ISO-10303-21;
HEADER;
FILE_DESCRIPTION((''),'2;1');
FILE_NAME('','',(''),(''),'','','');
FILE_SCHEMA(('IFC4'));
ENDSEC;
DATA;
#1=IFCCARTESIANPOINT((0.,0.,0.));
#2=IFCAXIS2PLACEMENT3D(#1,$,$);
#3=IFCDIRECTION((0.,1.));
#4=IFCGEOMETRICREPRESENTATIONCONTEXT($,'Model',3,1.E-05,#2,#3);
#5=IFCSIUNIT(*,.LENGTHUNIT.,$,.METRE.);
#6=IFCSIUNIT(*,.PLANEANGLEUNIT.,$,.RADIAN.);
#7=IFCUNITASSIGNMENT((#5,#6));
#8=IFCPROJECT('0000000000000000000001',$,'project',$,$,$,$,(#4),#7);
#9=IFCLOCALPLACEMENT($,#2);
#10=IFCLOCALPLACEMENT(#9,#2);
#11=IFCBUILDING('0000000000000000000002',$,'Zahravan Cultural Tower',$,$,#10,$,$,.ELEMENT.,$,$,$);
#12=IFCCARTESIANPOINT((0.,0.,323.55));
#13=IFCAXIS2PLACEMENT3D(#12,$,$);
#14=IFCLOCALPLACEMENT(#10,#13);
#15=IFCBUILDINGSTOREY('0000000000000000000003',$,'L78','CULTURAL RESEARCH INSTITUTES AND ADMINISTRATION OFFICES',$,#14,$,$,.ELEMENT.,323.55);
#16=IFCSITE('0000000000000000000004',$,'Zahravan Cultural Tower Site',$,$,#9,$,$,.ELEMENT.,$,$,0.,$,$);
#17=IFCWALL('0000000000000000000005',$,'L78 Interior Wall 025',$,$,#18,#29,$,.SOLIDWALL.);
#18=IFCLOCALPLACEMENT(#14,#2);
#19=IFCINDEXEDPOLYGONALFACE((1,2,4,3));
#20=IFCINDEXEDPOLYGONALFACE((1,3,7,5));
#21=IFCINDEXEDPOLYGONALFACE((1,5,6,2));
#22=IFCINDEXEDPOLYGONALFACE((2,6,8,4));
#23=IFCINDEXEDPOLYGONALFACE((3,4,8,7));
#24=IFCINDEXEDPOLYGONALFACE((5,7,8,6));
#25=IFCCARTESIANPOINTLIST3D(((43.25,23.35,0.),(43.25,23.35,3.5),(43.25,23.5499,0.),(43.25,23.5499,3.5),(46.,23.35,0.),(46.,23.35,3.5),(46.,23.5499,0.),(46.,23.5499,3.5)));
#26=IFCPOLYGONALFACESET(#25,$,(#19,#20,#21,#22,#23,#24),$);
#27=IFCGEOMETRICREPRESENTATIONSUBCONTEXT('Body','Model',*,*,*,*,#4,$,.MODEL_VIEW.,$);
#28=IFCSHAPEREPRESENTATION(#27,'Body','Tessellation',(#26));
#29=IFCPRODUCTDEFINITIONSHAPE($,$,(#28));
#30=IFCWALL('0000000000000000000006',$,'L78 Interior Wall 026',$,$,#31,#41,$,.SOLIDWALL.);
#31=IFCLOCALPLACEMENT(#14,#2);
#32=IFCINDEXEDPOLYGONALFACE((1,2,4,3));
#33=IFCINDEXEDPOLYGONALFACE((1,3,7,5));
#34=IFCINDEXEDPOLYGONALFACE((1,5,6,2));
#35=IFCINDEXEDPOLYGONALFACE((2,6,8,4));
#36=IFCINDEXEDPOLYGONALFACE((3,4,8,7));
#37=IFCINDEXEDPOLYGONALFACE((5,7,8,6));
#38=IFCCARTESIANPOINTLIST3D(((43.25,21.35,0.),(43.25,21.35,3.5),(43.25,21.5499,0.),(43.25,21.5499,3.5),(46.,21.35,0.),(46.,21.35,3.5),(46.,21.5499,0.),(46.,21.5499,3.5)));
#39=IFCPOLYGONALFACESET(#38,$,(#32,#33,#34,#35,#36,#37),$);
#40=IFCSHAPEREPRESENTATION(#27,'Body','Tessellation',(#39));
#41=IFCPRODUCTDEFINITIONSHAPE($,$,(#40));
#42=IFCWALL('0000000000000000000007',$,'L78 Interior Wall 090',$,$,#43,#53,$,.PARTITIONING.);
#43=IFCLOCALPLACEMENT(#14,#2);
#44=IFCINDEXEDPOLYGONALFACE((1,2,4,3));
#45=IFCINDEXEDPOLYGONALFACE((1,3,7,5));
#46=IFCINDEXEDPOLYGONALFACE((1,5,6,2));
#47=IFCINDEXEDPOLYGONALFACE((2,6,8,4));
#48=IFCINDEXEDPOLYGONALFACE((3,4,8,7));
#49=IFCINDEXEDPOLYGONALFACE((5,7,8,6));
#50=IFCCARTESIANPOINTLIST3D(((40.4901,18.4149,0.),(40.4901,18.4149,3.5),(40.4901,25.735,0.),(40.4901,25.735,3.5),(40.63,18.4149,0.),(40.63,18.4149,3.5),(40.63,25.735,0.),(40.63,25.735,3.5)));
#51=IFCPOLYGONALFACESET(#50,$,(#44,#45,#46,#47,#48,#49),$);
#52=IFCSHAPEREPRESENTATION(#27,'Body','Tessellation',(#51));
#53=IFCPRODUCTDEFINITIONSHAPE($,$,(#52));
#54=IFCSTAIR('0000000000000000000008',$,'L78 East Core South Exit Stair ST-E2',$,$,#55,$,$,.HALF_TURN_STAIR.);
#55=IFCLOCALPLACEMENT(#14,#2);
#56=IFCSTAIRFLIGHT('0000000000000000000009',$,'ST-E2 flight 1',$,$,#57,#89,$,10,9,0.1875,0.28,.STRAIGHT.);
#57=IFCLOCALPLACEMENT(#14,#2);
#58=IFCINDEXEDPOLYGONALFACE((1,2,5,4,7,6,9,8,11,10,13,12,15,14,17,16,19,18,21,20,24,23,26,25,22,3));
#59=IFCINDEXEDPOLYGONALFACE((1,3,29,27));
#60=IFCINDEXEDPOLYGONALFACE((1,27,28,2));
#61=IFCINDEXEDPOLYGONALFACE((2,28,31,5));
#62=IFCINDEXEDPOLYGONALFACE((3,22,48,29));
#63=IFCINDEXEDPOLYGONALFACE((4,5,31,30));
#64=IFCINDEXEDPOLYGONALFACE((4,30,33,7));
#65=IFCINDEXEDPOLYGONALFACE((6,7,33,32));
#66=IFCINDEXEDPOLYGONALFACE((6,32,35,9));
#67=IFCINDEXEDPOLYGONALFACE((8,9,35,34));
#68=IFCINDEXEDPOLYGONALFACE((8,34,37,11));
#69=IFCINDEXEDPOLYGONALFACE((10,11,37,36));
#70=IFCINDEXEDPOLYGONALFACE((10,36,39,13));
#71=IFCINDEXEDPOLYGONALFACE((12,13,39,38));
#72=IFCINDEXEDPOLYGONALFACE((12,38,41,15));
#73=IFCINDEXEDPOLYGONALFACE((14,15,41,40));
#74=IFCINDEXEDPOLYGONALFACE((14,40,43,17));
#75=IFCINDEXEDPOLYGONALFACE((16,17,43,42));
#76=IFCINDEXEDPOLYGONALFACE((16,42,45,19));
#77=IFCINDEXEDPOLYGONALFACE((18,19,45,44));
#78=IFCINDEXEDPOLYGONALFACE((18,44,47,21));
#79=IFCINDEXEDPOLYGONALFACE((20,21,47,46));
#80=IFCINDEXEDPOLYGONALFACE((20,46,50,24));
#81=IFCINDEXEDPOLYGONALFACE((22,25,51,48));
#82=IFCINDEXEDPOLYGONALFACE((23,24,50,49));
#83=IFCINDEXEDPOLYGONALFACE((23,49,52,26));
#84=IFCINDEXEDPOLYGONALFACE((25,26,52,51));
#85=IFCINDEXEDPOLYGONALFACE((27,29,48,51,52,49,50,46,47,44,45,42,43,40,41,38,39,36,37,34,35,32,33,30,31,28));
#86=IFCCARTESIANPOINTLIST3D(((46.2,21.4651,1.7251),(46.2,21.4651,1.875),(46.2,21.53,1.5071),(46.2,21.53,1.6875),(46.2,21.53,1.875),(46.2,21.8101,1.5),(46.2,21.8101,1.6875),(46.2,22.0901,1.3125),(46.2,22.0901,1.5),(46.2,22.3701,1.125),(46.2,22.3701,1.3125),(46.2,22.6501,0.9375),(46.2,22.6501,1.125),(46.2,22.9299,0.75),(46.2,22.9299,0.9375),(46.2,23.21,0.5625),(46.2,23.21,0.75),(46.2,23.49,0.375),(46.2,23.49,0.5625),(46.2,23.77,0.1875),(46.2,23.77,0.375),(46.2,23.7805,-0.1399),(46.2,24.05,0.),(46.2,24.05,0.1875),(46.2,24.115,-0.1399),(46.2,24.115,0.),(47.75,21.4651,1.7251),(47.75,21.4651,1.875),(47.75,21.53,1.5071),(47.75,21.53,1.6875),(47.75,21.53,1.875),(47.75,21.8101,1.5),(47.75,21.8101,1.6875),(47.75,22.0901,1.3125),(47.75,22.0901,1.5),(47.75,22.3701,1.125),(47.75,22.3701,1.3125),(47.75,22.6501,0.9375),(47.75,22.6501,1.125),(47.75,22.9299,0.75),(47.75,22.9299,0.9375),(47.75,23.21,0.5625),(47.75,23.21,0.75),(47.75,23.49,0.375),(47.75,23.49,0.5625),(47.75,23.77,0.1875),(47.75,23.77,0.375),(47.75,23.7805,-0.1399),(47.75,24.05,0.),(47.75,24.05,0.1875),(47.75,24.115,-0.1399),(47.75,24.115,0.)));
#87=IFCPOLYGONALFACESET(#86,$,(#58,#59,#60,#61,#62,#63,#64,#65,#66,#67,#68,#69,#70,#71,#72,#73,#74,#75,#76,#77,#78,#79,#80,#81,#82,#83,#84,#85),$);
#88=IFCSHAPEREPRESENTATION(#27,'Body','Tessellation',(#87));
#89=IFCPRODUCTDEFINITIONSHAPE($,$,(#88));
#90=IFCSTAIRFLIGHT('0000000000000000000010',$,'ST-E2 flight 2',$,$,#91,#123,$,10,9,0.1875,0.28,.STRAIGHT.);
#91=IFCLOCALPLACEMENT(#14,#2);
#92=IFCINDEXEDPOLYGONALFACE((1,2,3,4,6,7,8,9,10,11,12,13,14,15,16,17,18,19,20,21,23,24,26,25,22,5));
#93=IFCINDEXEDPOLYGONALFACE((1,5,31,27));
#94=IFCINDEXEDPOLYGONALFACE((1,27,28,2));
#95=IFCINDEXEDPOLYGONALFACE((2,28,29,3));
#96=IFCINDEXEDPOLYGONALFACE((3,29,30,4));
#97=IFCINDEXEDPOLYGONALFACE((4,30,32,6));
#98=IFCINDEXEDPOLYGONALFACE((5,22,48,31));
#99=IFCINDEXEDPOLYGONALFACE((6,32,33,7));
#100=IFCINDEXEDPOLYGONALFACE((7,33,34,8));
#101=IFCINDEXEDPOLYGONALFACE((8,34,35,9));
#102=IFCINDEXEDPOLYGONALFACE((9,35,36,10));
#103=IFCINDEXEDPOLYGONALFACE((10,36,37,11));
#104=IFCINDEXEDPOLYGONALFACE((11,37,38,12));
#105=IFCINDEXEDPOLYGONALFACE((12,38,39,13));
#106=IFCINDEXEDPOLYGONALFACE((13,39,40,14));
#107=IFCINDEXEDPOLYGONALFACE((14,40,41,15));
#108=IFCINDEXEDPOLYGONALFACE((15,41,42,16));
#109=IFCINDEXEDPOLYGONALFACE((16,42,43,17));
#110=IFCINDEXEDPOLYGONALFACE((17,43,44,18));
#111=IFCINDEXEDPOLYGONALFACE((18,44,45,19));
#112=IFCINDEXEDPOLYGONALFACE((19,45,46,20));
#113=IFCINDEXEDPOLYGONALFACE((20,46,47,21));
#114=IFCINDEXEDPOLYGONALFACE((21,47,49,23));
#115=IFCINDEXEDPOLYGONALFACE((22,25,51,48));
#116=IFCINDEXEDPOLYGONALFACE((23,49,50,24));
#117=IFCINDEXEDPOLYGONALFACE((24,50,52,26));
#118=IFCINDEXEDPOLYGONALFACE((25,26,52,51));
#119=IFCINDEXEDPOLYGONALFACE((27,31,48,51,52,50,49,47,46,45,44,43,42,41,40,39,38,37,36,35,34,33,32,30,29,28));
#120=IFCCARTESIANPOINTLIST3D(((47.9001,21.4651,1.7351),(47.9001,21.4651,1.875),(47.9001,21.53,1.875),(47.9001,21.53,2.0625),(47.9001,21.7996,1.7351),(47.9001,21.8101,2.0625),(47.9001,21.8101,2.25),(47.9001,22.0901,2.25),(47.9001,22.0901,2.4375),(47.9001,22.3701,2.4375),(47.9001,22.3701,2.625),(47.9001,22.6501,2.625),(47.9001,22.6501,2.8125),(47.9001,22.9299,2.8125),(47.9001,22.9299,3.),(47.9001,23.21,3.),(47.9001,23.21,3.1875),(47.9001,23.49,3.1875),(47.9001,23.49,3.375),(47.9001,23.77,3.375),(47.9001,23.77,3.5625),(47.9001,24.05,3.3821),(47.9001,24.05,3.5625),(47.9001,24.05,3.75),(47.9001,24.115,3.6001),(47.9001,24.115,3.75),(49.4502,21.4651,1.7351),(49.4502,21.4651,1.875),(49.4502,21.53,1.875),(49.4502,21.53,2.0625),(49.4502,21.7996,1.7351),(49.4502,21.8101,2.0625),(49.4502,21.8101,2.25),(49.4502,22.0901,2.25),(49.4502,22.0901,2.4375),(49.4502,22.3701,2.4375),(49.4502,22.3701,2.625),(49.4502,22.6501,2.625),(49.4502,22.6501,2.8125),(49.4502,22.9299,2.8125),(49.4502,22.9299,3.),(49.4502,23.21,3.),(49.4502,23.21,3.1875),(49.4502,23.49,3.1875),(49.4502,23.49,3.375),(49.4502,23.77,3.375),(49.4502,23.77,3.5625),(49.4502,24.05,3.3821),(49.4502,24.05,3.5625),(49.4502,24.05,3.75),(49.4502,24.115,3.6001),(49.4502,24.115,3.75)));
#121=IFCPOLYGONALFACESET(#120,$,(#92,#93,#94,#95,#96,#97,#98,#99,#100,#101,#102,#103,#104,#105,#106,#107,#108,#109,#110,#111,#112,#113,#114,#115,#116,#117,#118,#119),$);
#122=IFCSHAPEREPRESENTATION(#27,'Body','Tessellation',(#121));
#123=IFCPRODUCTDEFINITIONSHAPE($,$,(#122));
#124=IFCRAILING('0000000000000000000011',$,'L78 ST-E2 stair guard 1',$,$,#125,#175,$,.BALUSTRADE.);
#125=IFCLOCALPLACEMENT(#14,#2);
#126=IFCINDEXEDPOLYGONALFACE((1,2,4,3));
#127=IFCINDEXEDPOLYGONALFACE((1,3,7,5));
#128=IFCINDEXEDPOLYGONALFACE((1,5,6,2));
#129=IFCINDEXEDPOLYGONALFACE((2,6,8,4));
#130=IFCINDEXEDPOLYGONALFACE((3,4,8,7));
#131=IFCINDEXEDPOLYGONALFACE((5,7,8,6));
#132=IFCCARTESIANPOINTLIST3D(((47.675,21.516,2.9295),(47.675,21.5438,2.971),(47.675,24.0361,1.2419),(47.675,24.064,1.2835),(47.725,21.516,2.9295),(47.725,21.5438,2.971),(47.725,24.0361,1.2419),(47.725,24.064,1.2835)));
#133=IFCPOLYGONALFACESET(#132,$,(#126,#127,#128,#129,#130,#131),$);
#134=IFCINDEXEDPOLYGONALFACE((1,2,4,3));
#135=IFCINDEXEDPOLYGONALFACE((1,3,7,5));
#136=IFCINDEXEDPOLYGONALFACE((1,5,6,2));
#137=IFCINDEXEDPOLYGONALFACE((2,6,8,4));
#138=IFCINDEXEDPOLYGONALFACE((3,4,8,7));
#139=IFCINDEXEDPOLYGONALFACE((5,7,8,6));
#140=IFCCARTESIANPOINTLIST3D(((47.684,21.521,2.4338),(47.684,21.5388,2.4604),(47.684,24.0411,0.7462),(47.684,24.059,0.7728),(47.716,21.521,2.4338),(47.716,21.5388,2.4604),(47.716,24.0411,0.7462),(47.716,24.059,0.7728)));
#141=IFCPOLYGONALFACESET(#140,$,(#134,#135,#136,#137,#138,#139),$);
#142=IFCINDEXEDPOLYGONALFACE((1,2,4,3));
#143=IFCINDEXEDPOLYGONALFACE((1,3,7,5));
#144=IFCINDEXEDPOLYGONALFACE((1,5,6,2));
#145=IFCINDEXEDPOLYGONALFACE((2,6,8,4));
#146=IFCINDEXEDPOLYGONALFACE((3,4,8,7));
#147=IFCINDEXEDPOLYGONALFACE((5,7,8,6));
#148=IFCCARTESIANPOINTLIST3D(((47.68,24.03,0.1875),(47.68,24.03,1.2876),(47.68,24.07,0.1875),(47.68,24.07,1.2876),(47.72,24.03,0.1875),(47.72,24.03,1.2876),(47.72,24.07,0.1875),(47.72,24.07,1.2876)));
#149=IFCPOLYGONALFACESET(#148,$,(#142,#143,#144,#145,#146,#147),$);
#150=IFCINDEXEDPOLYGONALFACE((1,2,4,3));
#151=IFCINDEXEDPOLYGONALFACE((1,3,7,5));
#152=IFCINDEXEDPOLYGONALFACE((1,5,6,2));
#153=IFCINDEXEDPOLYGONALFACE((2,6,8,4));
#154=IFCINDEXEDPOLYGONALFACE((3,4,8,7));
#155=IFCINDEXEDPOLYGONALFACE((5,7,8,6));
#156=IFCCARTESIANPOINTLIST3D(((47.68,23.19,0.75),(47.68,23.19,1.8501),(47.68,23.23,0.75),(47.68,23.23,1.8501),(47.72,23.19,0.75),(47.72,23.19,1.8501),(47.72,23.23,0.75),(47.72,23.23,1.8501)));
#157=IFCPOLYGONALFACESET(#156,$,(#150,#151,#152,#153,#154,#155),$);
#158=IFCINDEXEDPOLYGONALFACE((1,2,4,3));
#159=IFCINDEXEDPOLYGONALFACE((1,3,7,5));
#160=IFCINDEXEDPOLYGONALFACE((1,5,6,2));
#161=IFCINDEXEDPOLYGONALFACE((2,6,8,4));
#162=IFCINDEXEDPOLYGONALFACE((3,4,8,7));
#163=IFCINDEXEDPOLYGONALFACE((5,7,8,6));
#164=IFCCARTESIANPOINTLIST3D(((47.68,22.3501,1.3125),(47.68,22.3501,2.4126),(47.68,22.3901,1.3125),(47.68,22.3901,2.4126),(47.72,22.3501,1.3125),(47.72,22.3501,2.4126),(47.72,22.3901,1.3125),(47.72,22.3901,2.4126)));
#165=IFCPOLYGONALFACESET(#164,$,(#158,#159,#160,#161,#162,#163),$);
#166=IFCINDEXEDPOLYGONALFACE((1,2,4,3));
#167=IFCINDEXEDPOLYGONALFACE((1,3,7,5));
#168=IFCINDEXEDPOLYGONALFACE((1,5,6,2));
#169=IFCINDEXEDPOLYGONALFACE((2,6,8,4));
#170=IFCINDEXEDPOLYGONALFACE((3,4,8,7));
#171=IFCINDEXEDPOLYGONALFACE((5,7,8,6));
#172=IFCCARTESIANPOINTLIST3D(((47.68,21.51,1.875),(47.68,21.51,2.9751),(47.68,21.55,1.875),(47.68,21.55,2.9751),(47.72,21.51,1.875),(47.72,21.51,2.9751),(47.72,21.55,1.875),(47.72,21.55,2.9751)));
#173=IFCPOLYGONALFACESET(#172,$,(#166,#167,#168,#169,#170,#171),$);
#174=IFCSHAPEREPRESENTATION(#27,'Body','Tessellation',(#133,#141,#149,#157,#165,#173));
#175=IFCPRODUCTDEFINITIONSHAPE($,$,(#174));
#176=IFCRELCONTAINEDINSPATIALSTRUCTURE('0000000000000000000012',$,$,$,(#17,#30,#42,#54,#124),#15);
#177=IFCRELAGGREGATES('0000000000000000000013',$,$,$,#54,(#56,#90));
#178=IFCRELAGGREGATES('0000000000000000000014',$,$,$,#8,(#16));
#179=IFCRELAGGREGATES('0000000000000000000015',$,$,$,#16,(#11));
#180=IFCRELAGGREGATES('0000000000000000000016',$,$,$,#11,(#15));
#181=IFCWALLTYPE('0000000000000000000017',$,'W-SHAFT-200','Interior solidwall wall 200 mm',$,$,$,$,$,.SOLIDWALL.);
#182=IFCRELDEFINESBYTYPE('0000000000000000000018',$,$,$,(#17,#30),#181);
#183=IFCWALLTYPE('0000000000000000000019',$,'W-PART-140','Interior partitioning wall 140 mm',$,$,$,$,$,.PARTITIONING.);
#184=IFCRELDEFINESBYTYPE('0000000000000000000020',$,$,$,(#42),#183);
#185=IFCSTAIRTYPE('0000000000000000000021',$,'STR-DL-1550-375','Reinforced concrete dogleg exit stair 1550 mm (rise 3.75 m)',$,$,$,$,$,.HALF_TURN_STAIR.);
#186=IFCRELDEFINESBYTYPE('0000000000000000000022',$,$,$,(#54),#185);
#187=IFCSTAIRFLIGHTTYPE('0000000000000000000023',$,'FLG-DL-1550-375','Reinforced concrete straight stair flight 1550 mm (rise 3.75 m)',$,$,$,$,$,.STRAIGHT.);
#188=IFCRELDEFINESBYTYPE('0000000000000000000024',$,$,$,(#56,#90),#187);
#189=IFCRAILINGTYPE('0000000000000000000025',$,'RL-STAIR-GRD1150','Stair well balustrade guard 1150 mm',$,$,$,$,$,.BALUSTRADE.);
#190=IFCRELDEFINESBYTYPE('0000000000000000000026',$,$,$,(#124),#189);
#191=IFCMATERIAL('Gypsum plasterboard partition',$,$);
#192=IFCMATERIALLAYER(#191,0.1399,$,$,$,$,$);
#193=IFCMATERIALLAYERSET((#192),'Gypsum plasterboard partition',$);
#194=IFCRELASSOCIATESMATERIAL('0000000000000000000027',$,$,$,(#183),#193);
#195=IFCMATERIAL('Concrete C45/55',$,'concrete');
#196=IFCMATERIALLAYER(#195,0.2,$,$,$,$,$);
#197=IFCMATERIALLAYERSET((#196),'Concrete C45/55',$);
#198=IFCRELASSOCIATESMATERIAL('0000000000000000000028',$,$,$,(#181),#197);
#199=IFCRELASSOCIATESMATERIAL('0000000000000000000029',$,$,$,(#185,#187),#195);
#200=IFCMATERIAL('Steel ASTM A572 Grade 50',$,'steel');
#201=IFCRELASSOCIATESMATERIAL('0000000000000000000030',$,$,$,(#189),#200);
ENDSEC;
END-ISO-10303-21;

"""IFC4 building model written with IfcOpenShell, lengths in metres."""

from ifc_helpers import new_model, si_unit, direction, frame, frame_2d, origin, origin_2d, place, context, subcontext, project, spatial, polyline, rectangle, outline, extrude, source, transform, mapped, material, layer, layer_set, type_object, element, aggregate, save


model = new_model("IFC4")

# Units and contexts
model_context = context("Model", 3, precision=1e-05, world=origin(), true_north=direction((0.0, 1.0)))
body_context = subcontext(model_context, "Body", "Model", "MODEL_VIEW")
ifc_project = project(units=[si_unit("LENGTHUNIT", "METRE"), si_unit("PLANEANGLEUNIT", "RADIAN")], contexts=[model_context])

# Site, building, storey
site_placement = place(None, origin())
site = spatial("IfcSite", under=ifc_project, at=site_placement, Name="Zahravan Cultural Tower Site", CompositionType="ELEMENT", RefElevation=0.0)
building_placement = place(site_placement, origin())
building = spatial("IfcBuilding", under=site, at=building_placement, Name="Zahravan Cultural Tower", CompositionType="ELEMENT")
storey_placement = place(building_placement, frame((0.0, 0.0, 323.55)))
storey = spatial("IfcBuildingStorey", under=building, at=storey_placement, Name="L78", Description="CULTURAL RESEARCH INSTITUTES AND ADMINISTRATION OFFICES", CompositionType="ELEMENT", Elevation=323.55)

# Shared definitions
ifc_material_1 = material(Name="Steel ASTM A572 Grade 50", Category="steel")
ifc_material_2 = material(Name="Gypsum plasterboard partition")
ifc_layer_1 = layer(ifc_material_2, 0.1399)
ifc_layer_set_1 = layer_set([ifc_layer_1], Name="Gypsum plasterboard partition")
wall_type_1 = type_object("IfcWallType", Name="W-PART-140", Description="Interior partitioning wall 140 mm", PredefinedType="PARTITIONING", material=ifc_layer_set_1)
ifc_material_3 = material(Name="Concrete C45/55", Category="concrete")
ifc_layer_2 = layer(ifc_material_3, 0.2)
ifc_layer_set_2 = layer_set([ifc_layer_2], Name="Concrete C45/55")
wall_type_2 = type_object("IfcWallType", Name="W-SHAFT-200", Description="Interior solidwall wall 200 mm", PredefinedType="SOLIDWALL", material=ifc_layer_set_2)

# Walls
shared_shape_1 = source(origin(), body_context, "Body", "SweptSolid", [
    extrude(rectangle(XDim=2.75, YDim=0.2, at=frame_2d((1.375, 0.0))), origin(), (0.0, 0.0, 1.0), 3.5),
])
for number, where, z_axis, x_axis, name in (
    (1, (43.25, 23.45, 0.0), (0.0, 0.0, 1.0), (1.0, 0.0, 0.0), "L78 Interior Wall 025"),
    (2, (43.25, 21.45, 0.0), (0.0, 0.0, 1.0), (1.0, 0.0, 0.0), "L78 Interior Wall 026"),
):
    element("IfcWall", number, at=place(storey_placement, frame(where, z_axis=z_axis, x_axis=x_axis)), inside=storey, type_object=wall_type_2, Name=name, PredefinedType="SOLIDWALL", context=body_context, shape_type="MappedRepresentation", body=[
        mapped(shared_shape_1, transform((0.0, 0.0, 0.0), x_axis=(1.0, 0.0, 0.0), y_axis=(0.0, 1.0, 0.0), z_axis=(0.0, 0.0, 1.0), scale=1.0)),
    ])
shared_shape_2 = source(origin(), body_context, "Body", "SweptSolid", [
    extrude(rectangle(XDim=7.3201, YDim=0.1399, at=frame_2d((3.6602, 0.0))), origin(), (0.0, 0.0, 1.0), 3.5),
])
wall_1_placement = place(storey_placement, frame((40.5601, 25.7351, 0.0), z_axis=(0.0, 0.0, 1.0), x_axis=(0.0, -1.0, 0.0)))
element("IfcWall", 3, at=wall_1_placement, inside=storey, type_object=wall_type_1, Name="L78 Interior Wall 090", PredefinedType="PARTITIONING", context=body_context, shape_type="MappedRepresentation", body=[
    mapped(shared_shape_2, transform((0.0, 0.0, 0.0), x_axis=(1.0, 0.0, 0.0), y_axis=(0.0, 1.0, 0.0), z_axis=(0.0, 0.0, 1.0), scale=1.0)),
])

# Stair, stair flights
stair_type = type_object("IfcStairType", Name="STR-DL-1550-375", Description="Reinforced concrete dogleg exit stair 1550 mm (rise 3.75 m)", PredefinedType="HALF_TURN_STAIR", material=ifc_material_3)
stair_placement = place(storey_placement, origin())
stair = element("IfcStair", 4, at=stair_placement, inside=storey, type_object=stair_type, Name="L78 East Core South Exit Stair ST-E2", PredefinedType="HALF_TURN_STAIR")
stair_flight_type = type_object("IfcStairFlightType", Name="FLG-DL-1550-375", Description="Reinforced concrete straight stair flight 1550 mm (rise 3.75 m)", PredefinedType="STRAIGHT", material=ifc_material_3)
stair_flight_1_placement = place(storey_placement, frame((46.9751, 24.05, 0.0), z_axis=(0.0, 0.0, 1.0), x_axis=(0.0, -1.0, 0.0)))
stair_flight_1 = element("IfcStairFlight", 5, at=stair_flight_1_placement, type_object=stair_flight_type, Name="ST-E2 flight 1", NumberOfRisers=10, NumberOfTreads=9, PredefinedType="STRAIGHT", RiserHeight=0.1875, TreadLength=0.28, context=body_context, shape_type="SweptSolid", body=[
    extrude(outline(polyline([(-0.0649, -0.1399), (-0.0649, 0.0), (0.0, 0.0), (0.0, 0.1875), (0.28, 0.1875), (0.28, 0.375), (0.5601, 0.375), (0.5601, 0.5625), (0.8401, 0.5625), (0.8401, 0.75), (1.1201, 0.75), (1.1201, 0.9375), (1.3999, 0.9375), (1.3999, 1.125), (1.6799, 1.125), (1.6799, 1.3125), (1.96, 1.3125), (1.96, 1.5), (2.24, 1.5), (2.24, 1.6875), (2.52, 1.6875), (2.52, 1.875), (2.585, 1.875), (2.585, 1.7251), (2.52, 1.5071), (0.2695, -0.1399), (-0.0649, -0.1399)])), frame((0.0, 0.7749, 0.0), z_axis=(0.0, -1.0, 0.0), x_axis=(1.0, 0.0, 0.0)), (0.0, 0.0, 1.0), 1.55),
])
stair_flight_2_placement = place(storey_placement, frame((48.675, 21.53, 1.875), z_axis=(0.0, 0.0, 1.0), x_axis=(0.0, 1.0, 0.0)))
stair_flight_2 = element("IfcStairFlight", 6, at=stair_flight_2_placement, type_object=stair_flight_type, Name="ST-E2 flight 2", NumberOfRisers=10, NumberOfTreads=9, PredefinedType="STRAIGHT", RiserHeight=0.1875, TreadLength=0.28, context=body_context, shape_type="SweptSolid", body=[
    extrude(outline(polyline([(-0.0649, -0.1399), (-0.0649, 0.0), (0.0, 0.0), (0.0, 0.1875), (0.28, 0.1875), (0.28, 0.375), (0.5601, 0.375), (0.5601, 0.5625), (0.8401, 0.5625), (0.8401, 0.75), (1.1201, 0.75), (1.1201, 0.9375), (1.3999, 0.9375), (1.3999, 1.125), (1.6799, 1.125), (1.6799, 1.3125), (1.96, 1.3125), (1.96, 1.5), (2.24, 1.5), (2.24, 1.6875), (2.52, 1.6875), (2.52, 1.875), (2.585, 1.875), (2.585, 1.7251), (2.52, 1.5071), (0.2695, -0.1399), (-0.0649, -0.1399)])), frame((0.0, 0.7749, 0.0), z_axis=(0.0, -1.0, 0.0), x_axis=(1.0, 0.0, 0.0)), (0.0, 0.0, 1.0), 1.55),
])
aggregate(stair, [stair_flight_1, stair_flight_2])

# Railing
railing_type_1 = type_object("IfcRailingType", Name="RL-STAIR-GRD1150", Description="Stair well balustrade guard 1150 mm", PredefinedType="BALUSTRADE", material=ifc_material_1)
railing_1_placement = place(storey_placement, frame((47.7, 24.05, 0.1875)))
element("IfcRailing", 7, at=railing_1_placement, inside=storey, type_object=railing_type_1, Name="L78 ST-E2 stair guard 1", PredefinedType="BALUSTRADE", context=body_context, shape_type="SweptSolid", body=[
    extrude(rectangle(XDim=0.05, YDim=0.05, at=origin_2d()), frame((0.0, 0.0, 1.0752), z_axis=(0.0, -0.830909, 0.556408), x_axis=(1.0, 0.0, 0.0)), (0.0, 0.0, 1.0), 3.033),
    extrude(rectangle(XDim=0.032, YDim=0.032, at=origin_2d()), frame((0.0, 0.0, 0.572), z_axis=(0.0, -0.830909, 0.556408), x_axis=(1.0, 0.0, 0.0)), (0.0, 0.0, 1.0), 3.033),
    extrude(rectangle(XDim=0.04, YDim=0.04, at=origin_2d()), origin(), (0.0, 0.0, 1.0), 1.1001),
    extrude(rectangle(XDim=0.04, YDim=0.04, at=origin_2d()), frame((0.0, -0.8401, 0.5625)), (0.0, 0.0, 1.0), 1.1001),
    extrude(rectangle(XDim=0.04, YDim=0.04, at=origin_2d()), frame((0.0, -1.6799, 1.125)), (0.0, 0.0, 1.0), 1.1001),
    extrude(rectangle(XDim=0.04, YDim=0.04, at=origin_2d()), frame((0.0, -2.52, 1.6875)), (0.0, 0.0, 1.0), 1.1001),
])

save(model, "model.ifc")
